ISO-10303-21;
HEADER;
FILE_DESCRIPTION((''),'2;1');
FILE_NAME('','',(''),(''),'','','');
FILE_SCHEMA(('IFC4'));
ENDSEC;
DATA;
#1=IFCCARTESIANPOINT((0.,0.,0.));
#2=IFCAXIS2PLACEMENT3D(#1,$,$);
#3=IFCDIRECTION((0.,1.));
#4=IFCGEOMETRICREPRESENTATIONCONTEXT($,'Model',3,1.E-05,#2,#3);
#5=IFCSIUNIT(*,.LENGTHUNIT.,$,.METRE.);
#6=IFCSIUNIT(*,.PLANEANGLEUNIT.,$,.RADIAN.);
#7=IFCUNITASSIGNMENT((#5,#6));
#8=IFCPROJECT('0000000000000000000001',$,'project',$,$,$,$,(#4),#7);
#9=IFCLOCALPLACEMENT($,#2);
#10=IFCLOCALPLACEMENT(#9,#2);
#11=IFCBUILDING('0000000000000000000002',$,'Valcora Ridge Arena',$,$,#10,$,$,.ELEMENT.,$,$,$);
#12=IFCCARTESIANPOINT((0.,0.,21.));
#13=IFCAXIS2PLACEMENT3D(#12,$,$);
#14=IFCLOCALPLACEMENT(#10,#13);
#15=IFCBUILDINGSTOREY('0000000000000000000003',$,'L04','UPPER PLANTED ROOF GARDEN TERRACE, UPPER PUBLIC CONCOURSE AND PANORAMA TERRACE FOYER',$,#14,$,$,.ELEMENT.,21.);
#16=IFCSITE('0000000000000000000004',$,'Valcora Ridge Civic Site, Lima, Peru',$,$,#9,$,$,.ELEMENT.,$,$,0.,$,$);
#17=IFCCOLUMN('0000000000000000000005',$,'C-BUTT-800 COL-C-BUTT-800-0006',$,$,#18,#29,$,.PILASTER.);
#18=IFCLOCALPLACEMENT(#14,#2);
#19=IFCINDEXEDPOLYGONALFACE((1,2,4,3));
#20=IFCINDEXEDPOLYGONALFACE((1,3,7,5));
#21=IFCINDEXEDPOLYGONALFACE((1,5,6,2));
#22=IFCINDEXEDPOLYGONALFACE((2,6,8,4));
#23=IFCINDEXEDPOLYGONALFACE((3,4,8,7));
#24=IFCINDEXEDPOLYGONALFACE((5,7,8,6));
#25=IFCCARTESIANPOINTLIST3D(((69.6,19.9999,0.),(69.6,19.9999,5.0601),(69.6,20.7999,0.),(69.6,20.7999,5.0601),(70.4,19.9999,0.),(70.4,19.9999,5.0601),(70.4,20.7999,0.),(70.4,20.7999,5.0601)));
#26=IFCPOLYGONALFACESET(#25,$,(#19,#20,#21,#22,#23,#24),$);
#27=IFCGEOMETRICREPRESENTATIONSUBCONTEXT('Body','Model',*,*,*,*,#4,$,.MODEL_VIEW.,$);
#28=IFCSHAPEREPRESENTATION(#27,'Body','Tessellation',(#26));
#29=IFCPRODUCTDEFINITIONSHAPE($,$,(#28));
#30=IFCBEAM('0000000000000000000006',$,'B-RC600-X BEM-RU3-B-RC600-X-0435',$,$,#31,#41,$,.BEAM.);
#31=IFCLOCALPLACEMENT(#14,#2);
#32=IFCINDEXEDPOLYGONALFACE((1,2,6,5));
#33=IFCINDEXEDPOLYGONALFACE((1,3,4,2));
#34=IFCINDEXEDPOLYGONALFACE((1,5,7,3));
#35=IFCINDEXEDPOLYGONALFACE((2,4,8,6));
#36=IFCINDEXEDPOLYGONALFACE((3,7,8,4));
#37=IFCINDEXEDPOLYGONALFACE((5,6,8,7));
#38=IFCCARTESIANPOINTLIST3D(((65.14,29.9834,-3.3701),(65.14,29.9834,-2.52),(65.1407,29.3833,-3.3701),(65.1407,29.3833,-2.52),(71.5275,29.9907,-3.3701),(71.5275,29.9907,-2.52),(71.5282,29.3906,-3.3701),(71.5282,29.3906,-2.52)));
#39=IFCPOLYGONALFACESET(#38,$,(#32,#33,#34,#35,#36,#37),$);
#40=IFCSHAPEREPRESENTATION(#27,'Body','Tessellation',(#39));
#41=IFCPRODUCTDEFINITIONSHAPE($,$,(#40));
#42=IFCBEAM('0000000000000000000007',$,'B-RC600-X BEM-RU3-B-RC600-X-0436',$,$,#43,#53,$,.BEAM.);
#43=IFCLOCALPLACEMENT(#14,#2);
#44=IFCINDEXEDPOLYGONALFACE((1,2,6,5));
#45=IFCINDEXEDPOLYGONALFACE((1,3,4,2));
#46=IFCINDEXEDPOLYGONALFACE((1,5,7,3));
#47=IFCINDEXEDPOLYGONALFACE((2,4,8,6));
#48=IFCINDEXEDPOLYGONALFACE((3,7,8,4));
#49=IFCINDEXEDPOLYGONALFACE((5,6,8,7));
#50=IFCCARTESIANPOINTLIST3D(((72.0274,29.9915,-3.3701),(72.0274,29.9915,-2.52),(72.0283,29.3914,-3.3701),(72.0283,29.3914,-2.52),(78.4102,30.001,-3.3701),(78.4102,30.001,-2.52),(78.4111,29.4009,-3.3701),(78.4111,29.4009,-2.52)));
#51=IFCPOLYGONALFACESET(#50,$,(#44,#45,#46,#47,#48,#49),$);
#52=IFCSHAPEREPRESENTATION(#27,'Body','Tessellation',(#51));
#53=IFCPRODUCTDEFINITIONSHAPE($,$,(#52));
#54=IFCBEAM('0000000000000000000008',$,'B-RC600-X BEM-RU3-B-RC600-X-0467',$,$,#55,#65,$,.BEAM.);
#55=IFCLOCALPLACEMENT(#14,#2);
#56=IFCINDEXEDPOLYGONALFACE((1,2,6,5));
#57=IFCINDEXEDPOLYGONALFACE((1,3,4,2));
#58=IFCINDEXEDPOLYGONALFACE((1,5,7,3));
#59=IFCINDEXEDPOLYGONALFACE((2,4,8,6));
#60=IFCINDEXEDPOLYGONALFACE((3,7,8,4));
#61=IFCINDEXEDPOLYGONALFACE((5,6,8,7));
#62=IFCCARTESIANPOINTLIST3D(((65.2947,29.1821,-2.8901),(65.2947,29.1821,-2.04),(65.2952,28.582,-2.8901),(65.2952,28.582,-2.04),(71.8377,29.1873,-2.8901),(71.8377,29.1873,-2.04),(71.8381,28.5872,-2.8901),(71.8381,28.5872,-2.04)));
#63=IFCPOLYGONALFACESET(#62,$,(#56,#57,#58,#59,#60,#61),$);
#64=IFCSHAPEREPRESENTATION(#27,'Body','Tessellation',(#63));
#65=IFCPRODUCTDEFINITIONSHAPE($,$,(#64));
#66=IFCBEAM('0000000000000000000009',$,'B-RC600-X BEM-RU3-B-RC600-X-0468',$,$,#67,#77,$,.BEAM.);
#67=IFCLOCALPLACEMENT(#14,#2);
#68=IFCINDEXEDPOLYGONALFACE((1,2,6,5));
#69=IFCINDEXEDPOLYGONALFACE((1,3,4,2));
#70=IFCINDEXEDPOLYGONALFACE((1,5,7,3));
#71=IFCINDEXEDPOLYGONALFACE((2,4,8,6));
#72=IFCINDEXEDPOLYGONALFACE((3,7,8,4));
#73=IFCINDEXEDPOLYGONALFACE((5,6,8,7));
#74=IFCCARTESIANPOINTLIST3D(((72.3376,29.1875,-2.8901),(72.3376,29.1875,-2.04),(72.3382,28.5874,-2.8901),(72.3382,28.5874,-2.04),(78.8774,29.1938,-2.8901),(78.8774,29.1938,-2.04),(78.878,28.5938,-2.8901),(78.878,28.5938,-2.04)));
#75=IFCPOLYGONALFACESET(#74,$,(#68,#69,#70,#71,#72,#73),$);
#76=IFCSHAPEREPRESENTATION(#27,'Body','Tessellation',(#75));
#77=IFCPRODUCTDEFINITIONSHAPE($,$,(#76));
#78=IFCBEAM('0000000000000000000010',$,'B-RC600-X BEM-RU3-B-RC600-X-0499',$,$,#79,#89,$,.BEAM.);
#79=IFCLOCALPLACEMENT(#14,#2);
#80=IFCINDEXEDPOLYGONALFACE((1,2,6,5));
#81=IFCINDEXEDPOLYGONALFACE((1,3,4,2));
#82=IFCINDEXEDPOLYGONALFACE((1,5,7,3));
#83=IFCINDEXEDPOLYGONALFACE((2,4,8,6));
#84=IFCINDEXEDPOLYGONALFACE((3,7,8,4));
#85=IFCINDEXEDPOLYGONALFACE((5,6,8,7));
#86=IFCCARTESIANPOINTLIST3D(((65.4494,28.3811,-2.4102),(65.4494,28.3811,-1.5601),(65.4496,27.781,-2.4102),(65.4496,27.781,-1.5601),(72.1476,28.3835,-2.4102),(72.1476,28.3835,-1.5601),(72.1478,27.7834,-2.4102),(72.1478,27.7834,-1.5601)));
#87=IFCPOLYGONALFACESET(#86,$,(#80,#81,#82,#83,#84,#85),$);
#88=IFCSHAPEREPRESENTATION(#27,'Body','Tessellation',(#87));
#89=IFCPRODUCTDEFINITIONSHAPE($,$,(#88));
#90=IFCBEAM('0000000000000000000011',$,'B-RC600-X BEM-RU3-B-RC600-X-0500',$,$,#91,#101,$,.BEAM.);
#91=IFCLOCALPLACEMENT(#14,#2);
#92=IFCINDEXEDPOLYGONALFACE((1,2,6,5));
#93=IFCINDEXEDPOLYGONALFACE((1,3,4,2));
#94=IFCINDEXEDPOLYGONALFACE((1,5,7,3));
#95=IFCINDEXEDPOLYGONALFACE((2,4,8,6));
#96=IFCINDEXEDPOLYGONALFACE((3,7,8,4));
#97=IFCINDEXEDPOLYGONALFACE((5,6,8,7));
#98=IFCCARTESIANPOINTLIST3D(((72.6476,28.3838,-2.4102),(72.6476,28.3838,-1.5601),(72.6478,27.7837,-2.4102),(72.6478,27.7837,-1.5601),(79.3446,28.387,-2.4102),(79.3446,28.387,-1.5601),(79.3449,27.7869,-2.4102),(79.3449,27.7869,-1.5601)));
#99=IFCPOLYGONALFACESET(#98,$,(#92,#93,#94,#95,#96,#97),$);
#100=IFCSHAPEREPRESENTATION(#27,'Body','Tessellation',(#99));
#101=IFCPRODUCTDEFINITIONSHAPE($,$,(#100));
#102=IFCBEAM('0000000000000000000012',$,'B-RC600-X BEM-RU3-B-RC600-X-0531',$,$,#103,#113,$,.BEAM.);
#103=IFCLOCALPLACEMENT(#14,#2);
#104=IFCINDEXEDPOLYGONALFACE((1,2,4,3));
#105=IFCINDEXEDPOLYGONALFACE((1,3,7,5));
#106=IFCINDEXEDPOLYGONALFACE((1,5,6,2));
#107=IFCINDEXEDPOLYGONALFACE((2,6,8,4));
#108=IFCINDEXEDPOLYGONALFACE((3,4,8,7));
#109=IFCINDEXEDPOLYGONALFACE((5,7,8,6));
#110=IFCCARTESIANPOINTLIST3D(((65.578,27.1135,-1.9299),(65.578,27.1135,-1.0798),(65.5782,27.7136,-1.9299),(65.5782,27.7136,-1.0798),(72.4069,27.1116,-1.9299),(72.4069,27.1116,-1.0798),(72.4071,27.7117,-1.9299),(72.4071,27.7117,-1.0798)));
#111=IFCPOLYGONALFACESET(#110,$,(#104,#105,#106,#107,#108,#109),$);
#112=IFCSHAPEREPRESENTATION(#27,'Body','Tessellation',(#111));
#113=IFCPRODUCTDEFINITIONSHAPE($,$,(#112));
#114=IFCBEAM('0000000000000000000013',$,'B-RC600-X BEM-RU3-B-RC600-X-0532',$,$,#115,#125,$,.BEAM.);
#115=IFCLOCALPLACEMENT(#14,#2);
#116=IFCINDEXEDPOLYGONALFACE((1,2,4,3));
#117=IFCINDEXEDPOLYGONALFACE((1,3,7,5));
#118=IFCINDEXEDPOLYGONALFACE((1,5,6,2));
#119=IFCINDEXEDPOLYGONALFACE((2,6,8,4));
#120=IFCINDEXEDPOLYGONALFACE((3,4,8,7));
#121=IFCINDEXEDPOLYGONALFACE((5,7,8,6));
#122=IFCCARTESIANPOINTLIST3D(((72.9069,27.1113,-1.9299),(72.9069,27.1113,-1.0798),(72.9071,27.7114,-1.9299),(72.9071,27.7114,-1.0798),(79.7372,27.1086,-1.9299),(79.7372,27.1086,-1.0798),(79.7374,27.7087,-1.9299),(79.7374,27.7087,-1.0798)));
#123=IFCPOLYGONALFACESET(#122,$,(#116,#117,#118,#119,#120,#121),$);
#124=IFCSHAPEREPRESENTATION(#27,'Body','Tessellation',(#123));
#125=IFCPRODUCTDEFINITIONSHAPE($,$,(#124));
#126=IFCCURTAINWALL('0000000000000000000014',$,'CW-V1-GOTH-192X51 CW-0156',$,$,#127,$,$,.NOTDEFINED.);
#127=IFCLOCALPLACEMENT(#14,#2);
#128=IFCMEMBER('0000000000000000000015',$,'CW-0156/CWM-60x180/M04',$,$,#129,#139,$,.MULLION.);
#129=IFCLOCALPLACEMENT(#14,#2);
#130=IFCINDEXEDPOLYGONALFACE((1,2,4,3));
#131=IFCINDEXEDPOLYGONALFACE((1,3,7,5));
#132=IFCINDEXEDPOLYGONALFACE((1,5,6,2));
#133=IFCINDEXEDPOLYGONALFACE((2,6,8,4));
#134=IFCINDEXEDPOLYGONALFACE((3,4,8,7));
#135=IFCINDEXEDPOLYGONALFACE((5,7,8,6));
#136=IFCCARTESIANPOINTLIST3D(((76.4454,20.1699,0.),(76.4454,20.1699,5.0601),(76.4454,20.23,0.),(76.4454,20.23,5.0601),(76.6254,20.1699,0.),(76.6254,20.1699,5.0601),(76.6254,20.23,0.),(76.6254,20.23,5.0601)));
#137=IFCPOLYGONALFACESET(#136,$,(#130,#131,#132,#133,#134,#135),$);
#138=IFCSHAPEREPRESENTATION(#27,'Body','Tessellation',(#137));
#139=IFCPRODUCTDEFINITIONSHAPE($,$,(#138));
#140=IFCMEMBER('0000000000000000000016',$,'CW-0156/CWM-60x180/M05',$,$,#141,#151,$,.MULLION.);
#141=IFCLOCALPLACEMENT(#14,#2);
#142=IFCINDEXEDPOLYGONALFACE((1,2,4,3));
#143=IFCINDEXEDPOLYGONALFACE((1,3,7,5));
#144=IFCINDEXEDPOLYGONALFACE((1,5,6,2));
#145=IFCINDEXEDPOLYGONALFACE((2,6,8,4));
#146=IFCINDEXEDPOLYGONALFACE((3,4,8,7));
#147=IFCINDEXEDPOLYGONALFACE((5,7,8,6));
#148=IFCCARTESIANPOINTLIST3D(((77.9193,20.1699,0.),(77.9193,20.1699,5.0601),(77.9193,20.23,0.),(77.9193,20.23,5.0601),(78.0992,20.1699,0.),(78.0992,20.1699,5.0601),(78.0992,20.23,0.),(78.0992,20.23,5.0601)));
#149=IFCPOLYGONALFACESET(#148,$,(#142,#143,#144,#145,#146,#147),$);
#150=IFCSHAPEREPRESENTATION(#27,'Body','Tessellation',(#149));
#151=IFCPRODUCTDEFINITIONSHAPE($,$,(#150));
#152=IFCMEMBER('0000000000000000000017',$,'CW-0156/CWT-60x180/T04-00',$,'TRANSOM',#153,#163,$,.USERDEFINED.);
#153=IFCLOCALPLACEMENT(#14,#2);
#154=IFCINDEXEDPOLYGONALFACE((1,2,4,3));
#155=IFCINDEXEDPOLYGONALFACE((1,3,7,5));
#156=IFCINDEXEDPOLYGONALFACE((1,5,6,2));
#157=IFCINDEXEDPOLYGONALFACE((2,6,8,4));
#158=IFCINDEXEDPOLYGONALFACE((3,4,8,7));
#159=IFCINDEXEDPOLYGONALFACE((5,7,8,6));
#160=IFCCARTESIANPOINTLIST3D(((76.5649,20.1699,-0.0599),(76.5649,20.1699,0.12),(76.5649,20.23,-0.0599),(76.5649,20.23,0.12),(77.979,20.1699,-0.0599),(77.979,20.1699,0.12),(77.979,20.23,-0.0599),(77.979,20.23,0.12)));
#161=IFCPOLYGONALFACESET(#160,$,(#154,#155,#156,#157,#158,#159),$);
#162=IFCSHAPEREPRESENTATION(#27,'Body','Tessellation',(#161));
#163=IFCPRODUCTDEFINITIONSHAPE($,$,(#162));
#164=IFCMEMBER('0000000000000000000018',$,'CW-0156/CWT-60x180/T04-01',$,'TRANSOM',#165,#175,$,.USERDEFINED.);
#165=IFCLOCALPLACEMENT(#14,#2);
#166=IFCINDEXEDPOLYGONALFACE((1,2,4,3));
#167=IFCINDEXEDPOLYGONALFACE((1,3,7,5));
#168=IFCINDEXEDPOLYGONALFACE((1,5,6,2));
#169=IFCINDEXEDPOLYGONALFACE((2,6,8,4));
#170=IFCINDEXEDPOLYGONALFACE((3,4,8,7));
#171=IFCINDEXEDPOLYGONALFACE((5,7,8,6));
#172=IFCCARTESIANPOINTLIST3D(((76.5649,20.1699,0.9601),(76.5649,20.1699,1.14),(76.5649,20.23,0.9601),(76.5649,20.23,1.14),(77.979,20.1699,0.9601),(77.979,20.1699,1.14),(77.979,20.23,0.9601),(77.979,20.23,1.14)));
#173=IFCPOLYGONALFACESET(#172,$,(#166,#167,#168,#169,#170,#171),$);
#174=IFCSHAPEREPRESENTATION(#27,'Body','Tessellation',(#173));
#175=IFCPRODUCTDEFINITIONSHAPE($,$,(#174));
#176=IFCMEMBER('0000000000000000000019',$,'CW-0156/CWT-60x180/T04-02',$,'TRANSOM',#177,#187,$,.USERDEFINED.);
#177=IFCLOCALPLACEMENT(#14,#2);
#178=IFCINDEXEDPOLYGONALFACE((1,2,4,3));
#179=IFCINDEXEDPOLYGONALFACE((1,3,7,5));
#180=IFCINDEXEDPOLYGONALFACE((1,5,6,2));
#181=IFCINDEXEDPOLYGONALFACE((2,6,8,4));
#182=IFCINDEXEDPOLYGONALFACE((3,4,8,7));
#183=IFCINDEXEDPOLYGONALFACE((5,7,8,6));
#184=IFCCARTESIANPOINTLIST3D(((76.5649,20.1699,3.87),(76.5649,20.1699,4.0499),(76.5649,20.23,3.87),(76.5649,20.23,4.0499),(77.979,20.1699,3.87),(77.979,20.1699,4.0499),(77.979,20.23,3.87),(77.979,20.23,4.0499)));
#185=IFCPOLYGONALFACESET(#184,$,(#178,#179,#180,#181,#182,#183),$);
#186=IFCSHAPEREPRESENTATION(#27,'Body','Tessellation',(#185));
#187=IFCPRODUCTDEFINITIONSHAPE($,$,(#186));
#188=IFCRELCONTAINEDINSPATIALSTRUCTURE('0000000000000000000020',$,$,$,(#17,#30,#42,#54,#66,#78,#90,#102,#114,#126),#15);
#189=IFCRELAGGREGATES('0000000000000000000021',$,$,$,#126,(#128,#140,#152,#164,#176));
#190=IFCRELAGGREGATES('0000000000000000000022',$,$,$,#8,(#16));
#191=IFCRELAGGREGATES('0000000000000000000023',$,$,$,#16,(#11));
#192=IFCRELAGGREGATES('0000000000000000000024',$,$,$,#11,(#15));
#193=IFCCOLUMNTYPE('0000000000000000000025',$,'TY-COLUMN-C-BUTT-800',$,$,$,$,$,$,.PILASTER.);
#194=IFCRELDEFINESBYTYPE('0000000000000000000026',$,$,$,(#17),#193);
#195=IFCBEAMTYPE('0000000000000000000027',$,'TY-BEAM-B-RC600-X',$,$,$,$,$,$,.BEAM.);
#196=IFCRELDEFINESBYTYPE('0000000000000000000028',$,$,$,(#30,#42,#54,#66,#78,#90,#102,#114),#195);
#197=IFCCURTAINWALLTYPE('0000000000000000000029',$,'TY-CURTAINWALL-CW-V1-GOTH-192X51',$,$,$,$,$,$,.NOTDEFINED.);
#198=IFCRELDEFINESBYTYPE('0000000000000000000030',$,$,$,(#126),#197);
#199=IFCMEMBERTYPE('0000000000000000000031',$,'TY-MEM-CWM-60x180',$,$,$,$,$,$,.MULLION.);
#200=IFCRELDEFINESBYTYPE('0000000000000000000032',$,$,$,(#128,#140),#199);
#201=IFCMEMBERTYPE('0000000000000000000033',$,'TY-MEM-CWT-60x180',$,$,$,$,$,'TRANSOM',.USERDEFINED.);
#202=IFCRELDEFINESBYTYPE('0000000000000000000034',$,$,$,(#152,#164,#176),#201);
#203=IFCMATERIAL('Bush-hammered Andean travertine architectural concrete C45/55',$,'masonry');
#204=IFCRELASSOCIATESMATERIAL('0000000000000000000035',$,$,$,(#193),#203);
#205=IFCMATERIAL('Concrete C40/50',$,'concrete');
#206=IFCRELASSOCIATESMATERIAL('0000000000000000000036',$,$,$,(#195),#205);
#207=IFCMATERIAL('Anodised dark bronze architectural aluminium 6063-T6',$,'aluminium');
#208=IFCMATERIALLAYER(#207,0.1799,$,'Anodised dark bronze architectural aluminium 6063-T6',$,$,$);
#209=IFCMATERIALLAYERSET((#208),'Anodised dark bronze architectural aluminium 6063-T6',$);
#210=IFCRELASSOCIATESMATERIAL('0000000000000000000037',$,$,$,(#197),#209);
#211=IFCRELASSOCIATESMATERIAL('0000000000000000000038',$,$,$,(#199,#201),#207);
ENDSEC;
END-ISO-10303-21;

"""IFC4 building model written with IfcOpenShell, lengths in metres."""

from ifc_helpers import new_model, si_unit, direction, frame, origin, origin_2d, place, context, subcontext, project, spatial, rectangle, extrude, material, layer, layer_set, material_profile, profile_set, type_object, element, aggregate, save


model = new_model("IFC4")

# Units and contexts
model_context = context("Model", 3, precision=1e-05, world=origin(), true_north=direction((0.0, 1.0)))
body_context = subcontext(model_context, "Body", "Model", "MODEL_VIEW")
ifc_project = project(units=[si_unit("LENGTHUNIT", "METRE"), si_unit("PLANEANGLEUNIT", "RADIAN")], contexts=[model_context])

# Site, building, storey
site_placement = place(None, origin())
site = spatial("IfcSite", under=ifc_project, at=site_placement, Name="Valcora Ridge Civic Site, Lima, Peru", CompositionType="ELEMENT", RefElevation=0.0)
building_placement = place(site_placement, origin())
building = spatial("IfcBuilding", under=site, at=building_placement, Name="Valcora Ridge Arena", CompositionType="ELEMENT")
storey_placement = place(building_placement, frame((0.0, 0.0, 21.0)))
storey = spatial("IfcBuildingStorey", under=building, at=storey_placement, Name="L04", Description="UPPER PLANTED ROOF GARDEN TERRACE, UPPER PUBLIC CONCOURSE AND PANORAMA TERRACE FOYER", CompositionType="ELEMENT", Elevation=21.0)

# Column
ifc_material_1 = material(Name="Bush-hammered Andean travertine architectural concrete C45/55", Category="masonry")
ifc_material_profile_1 = material_profile(ifc_material_1, rectangle(XDim=0.8, YDim=0.8, at=origin_2d()), Name="RC 800x800")
ifc_profile_set_1 = profile_set([ifc_material_profile_1], Name="Bush-hammered Andean travertine architectural concrete C45/55")
column_type = type_object("IfcColumnType", Name="TY-COLUMN-C-BUTT-800", PredefinedType="PILASTER", material=ifc_profile_set_1)
column_placement = place(storey_placement, frame((70.0, 20.3999, 0.0), z_axis=(0.0, 0.0, 1.0), x_axis=(1.0, 0.0, 0.0)))
element("IfcColumn", 1, at=column_placement, inside=storey, type_object=column_type, Name="C-BUTT-800 COL-C-BUTT-800-0006", PredefinedType="PILASTER", context=body_context, shape_type="SweptSolid", body=[
    extrude(rectangle(XDim=0.8, YDim=0.8, at=origin_2d()), origin(), (0.0, 0.0, 1.0), 5.0601),
])

# Beams
ifc_material_2 = material(Name="Concrete C40/50", Category="concrete")
ifc_material_profile_2 = material_profile(ifc_material_2, rectangle(XDim=0.6001, YDim=0.8501, at=origin_2d()), Name="RC 600x850")
ifc_profile_set_2 = profile_set([ifc_material_profile_2], Name="Concrete C40/50")
beam_type = type_object("IfcBeamType", Name="TY-BEAM-B-RC600-X", PredefinedType="BEAM", material=ifc_profile_set_2)
beam_1_placement = place(storey_placement, frame((65.1404, 29.6833, -2.9451), z_axis=(0.999999, 0.001147, 0.0), x_axis=(-0.001147, 0.999999, 0.0)))
element("IfcBeam", 2, at=beam_1_placement, inside=storey, type_object=beam_type, Name="B-RC600-X BEM-RU3-B-RC600-X-0435", PredefinedType="BEAM", context=body_context, shape_type="SweptSolid", body=[
    extrude(rectangle(XDim=0.6001, YDim=0.8501, at=origin_2d()), origin(), (0.0, 0.0, 1.0), 6.3875),
])
beam_2_placement = place(storey_placement, frame((72.0278, 29.6914, -2.9451), z_axis=(0.999999, 0.001492, 0.0), x_axis=(-0.001492, 0.999999, 0.0)))
element("IfcBeam", 3, at=beam_2_placement, inside=storey, type_object=beam_type, Name="B-RC600-X BEM-RU3-B-RC600-X-0436", PredefinedType="BEAM", context=body_context, shape_type="SweptSolid", body=[
    extrude(rectangle(XDim=0.6001, YDim=0.8501, at=origin_2d()), origin(), (0.0, 0.0, 1.0), 6.3828),
])
beam_3_placement = place(storey_placement, frame((65.2949, 28.8821, -2.4651), z_axis=(1.0, 0.000784, 0.0), x_axis=(-0.000784, 1.0, 0.0)))
element("IfcBeam", 4, at=beam_3_placement, inside=storey, type_object=beam_type, Name="B-RC600-X BEM-RU3-B-RC600-X-0467", PredefinedType="BEAM", context=body_context, shape_type="SweptSolid", body=[
    extrude(rectangle(XDim=0.6001, YDim=0.8501, at=origin_2d()), origin(), (0.0, 0.0, 1.0), 6.543),
])
beam_4_placement = place(storey_placement, frame((72.3379, 28.8875, -2.4651), z_axis=(1.0, 0.000971, 0.0), x_axis=(-0.000971, 1.0, 0.0)))
element("IfcBeam", 5, at=beam_4_placement, inside=storey, type_object=beam_type, Name="B-RC600-X BEM-RU3-B-RC600-X-0468", PredefinedType="BEAM", context=body_context, shape_type="SweptSolid", body=[
    extrude(rectangle(XDim=0.6001, YDim=0.8501, at=origin_2d()), origin(), (0.0, 0.0, 1.0), 6.5398),
])
beam_5_placement = place(storey_placement, frame((65.4495, 28.0811, -1.9851), z_axis=(1.0, 0.000364, 0.0), x_axis=(-0.000364, 1.0, 0.0)))
element("IfcBeam", 6, at=beam_5_placement, inside=storey, type_object=beam_type, Name="B-RC600-X BEM-RU3-B-RC600-X-0499", PredefinedType="BEAM", context=body_context, shape_type="SweptSolid", body=[
    extrude(rectangle(XDim=0.6001, YDim=0.8501, at=origin_2d()), origin(), (0.0, 0.0, 1.0), 6.6982),
])
beam_6_placement = place(storey_placement, frame((72.6477, 28.0837, -1.9851), z_axis=(1.0, 0.000474, 0.0), x_axis=(-0.000474, 1.0, 0.0)))
element("IfcBeam", 7, at=beam_6_placement, inside=storey, type_object=beam_type, Name="B-RC600-X BEM-RU3-B-RC600-X-0500", PredefinedType="BEAM", context=body_context, shape_type="SweptSolid", body=[
    extrude(rectangle(XDim=0.6001, YDim=0.8501, at=origin_2d()), origin(), (0.0, 0.0, 1.0), 6.697),
])
beam_7_placement = place(storey_placement, frame((65.5781, 27.4136, -1.5049), z_axis=(1.0, -0.000286, 0.0), x_axis=(0.000286, 1.0, 0.0)))
element("IfcBeam", 8, at=beam_7_placement, inside=storey, type_object=beam_type, Name="B-RC600-X BEM-RU3-B-RC600-X-0531", PredefinedType="BEAM", context=body_context, shape_type="SweptSolid", body=[
    extrude(rectangle(XDim=0.6001, YDim=0.8501, at=origin_2d()), origin(), (0.0, 0.0, 1.0), 6.8289),
])
beam_8_placement = place(storey_placement, frame((72.907, 27.4114, -1.5049), z_axis=(1.0, -0.000393, 0.0), x_axis=(0.000393, 1.0, 0.0)))
element("IfcBeam", 9, at=beam_8_placement, inside=storey, type_object=beam_type, Name="B-RC600-X BEM-RU3-B-RC600-X-0532", PredefinedType="BEAM", context=body_context, shape_type="SweptSolid", body=[
    extrude(rectangle(XDim=0.6001, YDim=0.8501, at=origin_2d()), origin(), (0.0, 0.0, 1.0), 6.8303),
])

# Curtain wall, members
ifc_material_3 = material(Name="Anodised dark bronze architectural aluminium 6063-T6", Category="aluminium")
ifc_layer_1 = layer(ifc_material_3, 0.1799, Name="Anodised dark bronze architectural aluminium 6063-T6")
ifc_layer_set_1 = layer_set([ifc_layer_1], Name="Anodised dark bronze architectural aluminium 6063-T6")
curtain_wall_type = type_object("IfcCurtainWallType", Name="TY-CURTAINWALL-CW-V1-GOTH-192X51", PredefinedType="NOTDEFINED", material=ifc_layer_set_1)
curtain_wall_placement = place(storey_placement, origin())
curtain_wall = element("IfcCurtainWall", 10, at=curtain_wall_placement, inside=storey, type_object=curtain_wall_type, Name="CW-V1-GOTH-192X51 CW-0156", PredefinedType="NOTDEFINED")
ifc_material_profile_3 = material_profile(ifc_material_3, rectangle(XDim=0.0601, YDim=0.1799, at=origin_2d()), Name="ALU MULLION 60x180")
ifc_profile_set_3 = profile_set([ifc_material_profile_3], Name="Anodised dark bronze architectural aluminium 6063-T6")
member_type_1 = type_object("IfcMemberType", Name="TY-MEM-CWM-60x180", PredefinedType="MULLION", material=ifc_profile_set_3)
member_1_placement = place(storey_placement, frame((76.5354, 20.2, 0.0), z_axis=(0.0, 0.0, 1.0), x_axis=(0.0, 1.0, 0.0)))
member_1 = element("IfcMember", 11, at=member_1_placement, type_object=member_type_1, Name="CW-0156/CWM-60x180/M04", PredefinedType="MULLION", context=body_context, shape_type="SweptSolid", body=[
    extrude(rectangle(XDim=0.0601, YDim=0.1799, at=origin_2d()), origin(), (0.0, 0.0, 1.0), 5.0601),
])
member_2_placement = place(storey_placement, frame((78.0093, 20.2, 0.0), z_axis=(0.0, 0.0, 1.0), x_axis=(0.0, 1.0, 0.0)))
member_2 = element("IfcMember", 12, at=member_2_placement, type_object=member_type_1, Name="CW-0156/CWM-60x180/M05", PredefinedType="MULLION", context=body_context, shape_type="SweptSolid", body=[
    extrude(rectangle(XDim=0.0601, YDim=0.1799, at=origin_2d()), origin(), (0.0, 0.0, 1.0), 5.0601),
])
ifc_material_profile_4 = material_profile(ifc_material_3, rectangle(XDim=0.0601, YDim=0.1799, at=origin_2d()), Name="ALU TRANSOM 60x180")
ifc_profile_set_4 = profile_set([ifc_material_profile_4], Name="Anodised dark bronze architectural aluminium 6063-T6")
member_type_2 = type_object("IfcMemberType", Name="TY-MEM-CWT-60x180", ElementType="TRANSOM", PredefinedType="USERDEFINED", material=ifc_profile_set_4)
member_3_placement = place(storey_placement, frame((76.5649, 20.2, 0.03), z_axis=(1.0, 0.0, 0.0), x_axis=(0.0, 1.0, 0.0)))
member_3 = element("IfcMember", 13, at=member_3_placement, type_object=member_type_2, Name="CW-0156/CWT-60x180/T04-00", ObjectType="TRANSOM", PredefinedType="USERDEFINED", context=body_context, shape_type="SweptSolid", body=[
    extrude(rectangle(XDim=0.0601, YDim=0.1799, at=origin_2d()), origin(), (0.0, 0.0, 1.0), 1.4141),
])
member_4_placement = place(storey_placement, frame((76.5649, 20.2, 1.05), z_axis=(1.0, 0.0, 0.0), x_axis=(0.0, 1.0, 0.0)))
member_4 = element("IfcMember", 14, at=member_4_placement, type_object=member_type_2, Name="CW-0156/CWT-60x180/T04-01", ObjectType="TRANSOM", PredefinedType="USERDEFINED", context=body_context, shape_type="SweptSolid", body=[
    extrude(rectangle(XDim=0.0601, YDim=0.1799, at=origin_2d()), origin(), (0.0, 0.0, 1.0), 1.4141),
])
member_5_placement = place(storey_placement, frame((76.5649, 20.2, 3.96), z_axis=(1.0, 0.0, 0.0), x_axis=(0.0, 1.0, 0.0)))
member_5 = element("IfcMember", 15, at=member_5_placement, type_object=member_type_2, Name="CW-0156/CWT-60x180/T04-02", ObjectType="TRANSOM", PredefinedType="USERDEFINED", context=body_context, shape_type="SweptSolid", body=[
    extrude(rectangle(XDim=0.0601, YDim=0.1799, at=origin_2d()), origin(), (0.0, 0.0, 1.0), 1.4141),
])
aggregate(curtain_wall, [member_1, member_2, member_3, member_4, member_5])

save(model, "model.ifc")
